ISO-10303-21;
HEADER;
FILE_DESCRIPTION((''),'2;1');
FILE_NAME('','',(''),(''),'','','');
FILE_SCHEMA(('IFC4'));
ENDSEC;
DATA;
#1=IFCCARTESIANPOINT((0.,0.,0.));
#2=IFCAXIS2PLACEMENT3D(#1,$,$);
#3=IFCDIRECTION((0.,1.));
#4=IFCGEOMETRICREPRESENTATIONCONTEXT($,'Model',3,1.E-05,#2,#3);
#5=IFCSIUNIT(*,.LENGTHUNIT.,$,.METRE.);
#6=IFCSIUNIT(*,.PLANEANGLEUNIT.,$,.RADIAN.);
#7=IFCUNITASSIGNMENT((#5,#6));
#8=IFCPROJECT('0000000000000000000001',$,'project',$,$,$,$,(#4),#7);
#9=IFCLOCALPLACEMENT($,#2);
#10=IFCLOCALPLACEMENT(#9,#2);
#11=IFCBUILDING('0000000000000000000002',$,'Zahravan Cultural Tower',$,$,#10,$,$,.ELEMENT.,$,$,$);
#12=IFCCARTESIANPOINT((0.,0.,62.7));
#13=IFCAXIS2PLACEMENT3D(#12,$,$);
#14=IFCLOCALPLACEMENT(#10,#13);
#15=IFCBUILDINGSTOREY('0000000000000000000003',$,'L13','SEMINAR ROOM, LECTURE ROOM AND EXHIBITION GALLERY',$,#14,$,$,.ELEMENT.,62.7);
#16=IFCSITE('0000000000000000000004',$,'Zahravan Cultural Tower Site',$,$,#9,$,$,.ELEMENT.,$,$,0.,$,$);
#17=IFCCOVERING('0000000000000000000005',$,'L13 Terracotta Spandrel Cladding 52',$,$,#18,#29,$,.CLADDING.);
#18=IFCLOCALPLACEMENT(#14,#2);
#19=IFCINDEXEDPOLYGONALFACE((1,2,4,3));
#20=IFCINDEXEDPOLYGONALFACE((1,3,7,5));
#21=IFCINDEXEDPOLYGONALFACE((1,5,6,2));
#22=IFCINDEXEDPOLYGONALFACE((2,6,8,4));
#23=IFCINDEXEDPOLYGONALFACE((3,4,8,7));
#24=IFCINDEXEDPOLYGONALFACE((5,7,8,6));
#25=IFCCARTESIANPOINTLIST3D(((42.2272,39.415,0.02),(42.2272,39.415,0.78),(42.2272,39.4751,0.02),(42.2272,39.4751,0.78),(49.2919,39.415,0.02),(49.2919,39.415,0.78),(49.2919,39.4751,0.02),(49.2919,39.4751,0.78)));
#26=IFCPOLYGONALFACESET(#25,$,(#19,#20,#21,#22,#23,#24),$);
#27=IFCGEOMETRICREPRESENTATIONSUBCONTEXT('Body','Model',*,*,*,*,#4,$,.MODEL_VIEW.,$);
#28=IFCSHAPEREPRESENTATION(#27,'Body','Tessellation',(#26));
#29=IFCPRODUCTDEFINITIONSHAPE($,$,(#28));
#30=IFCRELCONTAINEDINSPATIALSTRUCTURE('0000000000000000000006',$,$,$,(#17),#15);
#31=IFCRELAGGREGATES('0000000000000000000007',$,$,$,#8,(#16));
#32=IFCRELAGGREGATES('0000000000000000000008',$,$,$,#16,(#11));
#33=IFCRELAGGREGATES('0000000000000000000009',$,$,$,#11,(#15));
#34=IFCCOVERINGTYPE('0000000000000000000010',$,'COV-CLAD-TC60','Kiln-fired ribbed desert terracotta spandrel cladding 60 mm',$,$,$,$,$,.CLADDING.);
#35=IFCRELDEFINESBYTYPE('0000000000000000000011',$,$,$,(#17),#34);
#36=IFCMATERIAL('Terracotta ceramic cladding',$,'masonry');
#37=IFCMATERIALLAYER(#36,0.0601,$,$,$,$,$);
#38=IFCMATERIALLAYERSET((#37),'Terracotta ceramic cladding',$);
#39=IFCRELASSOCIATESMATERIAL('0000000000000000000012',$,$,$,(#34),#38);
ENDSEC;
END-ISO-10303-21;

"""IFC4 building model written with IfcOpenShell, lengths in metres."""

from ifc_helpers import new_model, si_unit, direction, frame, origin, origin_2d, place, context, subcontext, project, spatial, rectangle, extrude, source, transform, mapped, material, layer, layer_set, type_object, element, save


model = new_model("IFC4")

# Units and contexts
model_context = context("Model", 3, precision=1e-05, world=origin(), true_north=direction((0.0, 1.0)))
body_context = subcontext(model_context, "Body", "Model", "MODEL_VIEW")
ifc_project = project(units=[si_unit("LENGTHUNIT", "METRE"), si_unit("PLANEANGLEUNIT", "RADIAN")], contexts=[model_context])

# Site, building, storey
site_placement = place(None, origin())
site = spatial("IfcSite", under=ifc_project, at=site_placement, Name="Zahravan Cultural Tower Site", CompositionType="ELEMENT", RefElevation=0.0)
building_placement = place(site_placement, origin())
building = spatial("IfcBuilding", under=site, at=building_placement, Name="Zahravan Cultural Tower", CompositionType="ELEMENT")
storey_placement = place(building_placement, frame((0.0, 0.0, 62.7)))
storey = spatial("IfcBuildingStorey", under=building, at=storey_placement, Name="L13", Description="SEMINAR ROOM, LECTURE ROOM AND EXHIBITION GALLERY", CompositionType="ELEMENT", Elevation=62.7)

# Covering
ifc_material_1 = material(Name="Terracotta ceramic cladding", Category="masonry")
ifc_layer_1 = layer(ifc_material_1, 0.0601)
ifc_layer_set_1 = layer_set([ifc_layer_1], Name="Terracotta ceramic cladding")
covering_type = type_object("IfcCoveringType", Name="COV-CLAD-TC60", Description="Kiln-fired ribbed desert terracotta spandrel cladding 60 mm", PredefinedType="CLADDING", material=ifc_layer_set_1)
shared_shape_1 = source(origin(), body_context, "Body", "SweptSolid", [
    extrude(rectangle(XDim=7.0647, YDim=0.0601, at=origin_2d()), origin(), (0.0, 0.0, 1.0), 0.76),
])
covering_placement = place(storey_placement, frame((45.7595, 39.4451, 0.02), z_axis=(0.0, 0.0, 1.0), x_axis=(1.0, 0.0, 0.0)))
element("IfcCovering", 1, at=covering_placement, inside=storey, type_object=covering_type, Name="L13 Terracotta Spandrel Cladding 52", PredefinedType="CLADDING", context=body_context, shape_type="MappedRepresentation", body=[
    mapped(shared_shape_1, transform((0.0, 0.0, 0.0), x_axis=(1.0, 0.0, 0.0), y_axis=(0.0, 1.0, 0.0), z_axis=(0.0, 0.0, 1.0), scale=1.0)),
])

save(model, "model.ifc")
